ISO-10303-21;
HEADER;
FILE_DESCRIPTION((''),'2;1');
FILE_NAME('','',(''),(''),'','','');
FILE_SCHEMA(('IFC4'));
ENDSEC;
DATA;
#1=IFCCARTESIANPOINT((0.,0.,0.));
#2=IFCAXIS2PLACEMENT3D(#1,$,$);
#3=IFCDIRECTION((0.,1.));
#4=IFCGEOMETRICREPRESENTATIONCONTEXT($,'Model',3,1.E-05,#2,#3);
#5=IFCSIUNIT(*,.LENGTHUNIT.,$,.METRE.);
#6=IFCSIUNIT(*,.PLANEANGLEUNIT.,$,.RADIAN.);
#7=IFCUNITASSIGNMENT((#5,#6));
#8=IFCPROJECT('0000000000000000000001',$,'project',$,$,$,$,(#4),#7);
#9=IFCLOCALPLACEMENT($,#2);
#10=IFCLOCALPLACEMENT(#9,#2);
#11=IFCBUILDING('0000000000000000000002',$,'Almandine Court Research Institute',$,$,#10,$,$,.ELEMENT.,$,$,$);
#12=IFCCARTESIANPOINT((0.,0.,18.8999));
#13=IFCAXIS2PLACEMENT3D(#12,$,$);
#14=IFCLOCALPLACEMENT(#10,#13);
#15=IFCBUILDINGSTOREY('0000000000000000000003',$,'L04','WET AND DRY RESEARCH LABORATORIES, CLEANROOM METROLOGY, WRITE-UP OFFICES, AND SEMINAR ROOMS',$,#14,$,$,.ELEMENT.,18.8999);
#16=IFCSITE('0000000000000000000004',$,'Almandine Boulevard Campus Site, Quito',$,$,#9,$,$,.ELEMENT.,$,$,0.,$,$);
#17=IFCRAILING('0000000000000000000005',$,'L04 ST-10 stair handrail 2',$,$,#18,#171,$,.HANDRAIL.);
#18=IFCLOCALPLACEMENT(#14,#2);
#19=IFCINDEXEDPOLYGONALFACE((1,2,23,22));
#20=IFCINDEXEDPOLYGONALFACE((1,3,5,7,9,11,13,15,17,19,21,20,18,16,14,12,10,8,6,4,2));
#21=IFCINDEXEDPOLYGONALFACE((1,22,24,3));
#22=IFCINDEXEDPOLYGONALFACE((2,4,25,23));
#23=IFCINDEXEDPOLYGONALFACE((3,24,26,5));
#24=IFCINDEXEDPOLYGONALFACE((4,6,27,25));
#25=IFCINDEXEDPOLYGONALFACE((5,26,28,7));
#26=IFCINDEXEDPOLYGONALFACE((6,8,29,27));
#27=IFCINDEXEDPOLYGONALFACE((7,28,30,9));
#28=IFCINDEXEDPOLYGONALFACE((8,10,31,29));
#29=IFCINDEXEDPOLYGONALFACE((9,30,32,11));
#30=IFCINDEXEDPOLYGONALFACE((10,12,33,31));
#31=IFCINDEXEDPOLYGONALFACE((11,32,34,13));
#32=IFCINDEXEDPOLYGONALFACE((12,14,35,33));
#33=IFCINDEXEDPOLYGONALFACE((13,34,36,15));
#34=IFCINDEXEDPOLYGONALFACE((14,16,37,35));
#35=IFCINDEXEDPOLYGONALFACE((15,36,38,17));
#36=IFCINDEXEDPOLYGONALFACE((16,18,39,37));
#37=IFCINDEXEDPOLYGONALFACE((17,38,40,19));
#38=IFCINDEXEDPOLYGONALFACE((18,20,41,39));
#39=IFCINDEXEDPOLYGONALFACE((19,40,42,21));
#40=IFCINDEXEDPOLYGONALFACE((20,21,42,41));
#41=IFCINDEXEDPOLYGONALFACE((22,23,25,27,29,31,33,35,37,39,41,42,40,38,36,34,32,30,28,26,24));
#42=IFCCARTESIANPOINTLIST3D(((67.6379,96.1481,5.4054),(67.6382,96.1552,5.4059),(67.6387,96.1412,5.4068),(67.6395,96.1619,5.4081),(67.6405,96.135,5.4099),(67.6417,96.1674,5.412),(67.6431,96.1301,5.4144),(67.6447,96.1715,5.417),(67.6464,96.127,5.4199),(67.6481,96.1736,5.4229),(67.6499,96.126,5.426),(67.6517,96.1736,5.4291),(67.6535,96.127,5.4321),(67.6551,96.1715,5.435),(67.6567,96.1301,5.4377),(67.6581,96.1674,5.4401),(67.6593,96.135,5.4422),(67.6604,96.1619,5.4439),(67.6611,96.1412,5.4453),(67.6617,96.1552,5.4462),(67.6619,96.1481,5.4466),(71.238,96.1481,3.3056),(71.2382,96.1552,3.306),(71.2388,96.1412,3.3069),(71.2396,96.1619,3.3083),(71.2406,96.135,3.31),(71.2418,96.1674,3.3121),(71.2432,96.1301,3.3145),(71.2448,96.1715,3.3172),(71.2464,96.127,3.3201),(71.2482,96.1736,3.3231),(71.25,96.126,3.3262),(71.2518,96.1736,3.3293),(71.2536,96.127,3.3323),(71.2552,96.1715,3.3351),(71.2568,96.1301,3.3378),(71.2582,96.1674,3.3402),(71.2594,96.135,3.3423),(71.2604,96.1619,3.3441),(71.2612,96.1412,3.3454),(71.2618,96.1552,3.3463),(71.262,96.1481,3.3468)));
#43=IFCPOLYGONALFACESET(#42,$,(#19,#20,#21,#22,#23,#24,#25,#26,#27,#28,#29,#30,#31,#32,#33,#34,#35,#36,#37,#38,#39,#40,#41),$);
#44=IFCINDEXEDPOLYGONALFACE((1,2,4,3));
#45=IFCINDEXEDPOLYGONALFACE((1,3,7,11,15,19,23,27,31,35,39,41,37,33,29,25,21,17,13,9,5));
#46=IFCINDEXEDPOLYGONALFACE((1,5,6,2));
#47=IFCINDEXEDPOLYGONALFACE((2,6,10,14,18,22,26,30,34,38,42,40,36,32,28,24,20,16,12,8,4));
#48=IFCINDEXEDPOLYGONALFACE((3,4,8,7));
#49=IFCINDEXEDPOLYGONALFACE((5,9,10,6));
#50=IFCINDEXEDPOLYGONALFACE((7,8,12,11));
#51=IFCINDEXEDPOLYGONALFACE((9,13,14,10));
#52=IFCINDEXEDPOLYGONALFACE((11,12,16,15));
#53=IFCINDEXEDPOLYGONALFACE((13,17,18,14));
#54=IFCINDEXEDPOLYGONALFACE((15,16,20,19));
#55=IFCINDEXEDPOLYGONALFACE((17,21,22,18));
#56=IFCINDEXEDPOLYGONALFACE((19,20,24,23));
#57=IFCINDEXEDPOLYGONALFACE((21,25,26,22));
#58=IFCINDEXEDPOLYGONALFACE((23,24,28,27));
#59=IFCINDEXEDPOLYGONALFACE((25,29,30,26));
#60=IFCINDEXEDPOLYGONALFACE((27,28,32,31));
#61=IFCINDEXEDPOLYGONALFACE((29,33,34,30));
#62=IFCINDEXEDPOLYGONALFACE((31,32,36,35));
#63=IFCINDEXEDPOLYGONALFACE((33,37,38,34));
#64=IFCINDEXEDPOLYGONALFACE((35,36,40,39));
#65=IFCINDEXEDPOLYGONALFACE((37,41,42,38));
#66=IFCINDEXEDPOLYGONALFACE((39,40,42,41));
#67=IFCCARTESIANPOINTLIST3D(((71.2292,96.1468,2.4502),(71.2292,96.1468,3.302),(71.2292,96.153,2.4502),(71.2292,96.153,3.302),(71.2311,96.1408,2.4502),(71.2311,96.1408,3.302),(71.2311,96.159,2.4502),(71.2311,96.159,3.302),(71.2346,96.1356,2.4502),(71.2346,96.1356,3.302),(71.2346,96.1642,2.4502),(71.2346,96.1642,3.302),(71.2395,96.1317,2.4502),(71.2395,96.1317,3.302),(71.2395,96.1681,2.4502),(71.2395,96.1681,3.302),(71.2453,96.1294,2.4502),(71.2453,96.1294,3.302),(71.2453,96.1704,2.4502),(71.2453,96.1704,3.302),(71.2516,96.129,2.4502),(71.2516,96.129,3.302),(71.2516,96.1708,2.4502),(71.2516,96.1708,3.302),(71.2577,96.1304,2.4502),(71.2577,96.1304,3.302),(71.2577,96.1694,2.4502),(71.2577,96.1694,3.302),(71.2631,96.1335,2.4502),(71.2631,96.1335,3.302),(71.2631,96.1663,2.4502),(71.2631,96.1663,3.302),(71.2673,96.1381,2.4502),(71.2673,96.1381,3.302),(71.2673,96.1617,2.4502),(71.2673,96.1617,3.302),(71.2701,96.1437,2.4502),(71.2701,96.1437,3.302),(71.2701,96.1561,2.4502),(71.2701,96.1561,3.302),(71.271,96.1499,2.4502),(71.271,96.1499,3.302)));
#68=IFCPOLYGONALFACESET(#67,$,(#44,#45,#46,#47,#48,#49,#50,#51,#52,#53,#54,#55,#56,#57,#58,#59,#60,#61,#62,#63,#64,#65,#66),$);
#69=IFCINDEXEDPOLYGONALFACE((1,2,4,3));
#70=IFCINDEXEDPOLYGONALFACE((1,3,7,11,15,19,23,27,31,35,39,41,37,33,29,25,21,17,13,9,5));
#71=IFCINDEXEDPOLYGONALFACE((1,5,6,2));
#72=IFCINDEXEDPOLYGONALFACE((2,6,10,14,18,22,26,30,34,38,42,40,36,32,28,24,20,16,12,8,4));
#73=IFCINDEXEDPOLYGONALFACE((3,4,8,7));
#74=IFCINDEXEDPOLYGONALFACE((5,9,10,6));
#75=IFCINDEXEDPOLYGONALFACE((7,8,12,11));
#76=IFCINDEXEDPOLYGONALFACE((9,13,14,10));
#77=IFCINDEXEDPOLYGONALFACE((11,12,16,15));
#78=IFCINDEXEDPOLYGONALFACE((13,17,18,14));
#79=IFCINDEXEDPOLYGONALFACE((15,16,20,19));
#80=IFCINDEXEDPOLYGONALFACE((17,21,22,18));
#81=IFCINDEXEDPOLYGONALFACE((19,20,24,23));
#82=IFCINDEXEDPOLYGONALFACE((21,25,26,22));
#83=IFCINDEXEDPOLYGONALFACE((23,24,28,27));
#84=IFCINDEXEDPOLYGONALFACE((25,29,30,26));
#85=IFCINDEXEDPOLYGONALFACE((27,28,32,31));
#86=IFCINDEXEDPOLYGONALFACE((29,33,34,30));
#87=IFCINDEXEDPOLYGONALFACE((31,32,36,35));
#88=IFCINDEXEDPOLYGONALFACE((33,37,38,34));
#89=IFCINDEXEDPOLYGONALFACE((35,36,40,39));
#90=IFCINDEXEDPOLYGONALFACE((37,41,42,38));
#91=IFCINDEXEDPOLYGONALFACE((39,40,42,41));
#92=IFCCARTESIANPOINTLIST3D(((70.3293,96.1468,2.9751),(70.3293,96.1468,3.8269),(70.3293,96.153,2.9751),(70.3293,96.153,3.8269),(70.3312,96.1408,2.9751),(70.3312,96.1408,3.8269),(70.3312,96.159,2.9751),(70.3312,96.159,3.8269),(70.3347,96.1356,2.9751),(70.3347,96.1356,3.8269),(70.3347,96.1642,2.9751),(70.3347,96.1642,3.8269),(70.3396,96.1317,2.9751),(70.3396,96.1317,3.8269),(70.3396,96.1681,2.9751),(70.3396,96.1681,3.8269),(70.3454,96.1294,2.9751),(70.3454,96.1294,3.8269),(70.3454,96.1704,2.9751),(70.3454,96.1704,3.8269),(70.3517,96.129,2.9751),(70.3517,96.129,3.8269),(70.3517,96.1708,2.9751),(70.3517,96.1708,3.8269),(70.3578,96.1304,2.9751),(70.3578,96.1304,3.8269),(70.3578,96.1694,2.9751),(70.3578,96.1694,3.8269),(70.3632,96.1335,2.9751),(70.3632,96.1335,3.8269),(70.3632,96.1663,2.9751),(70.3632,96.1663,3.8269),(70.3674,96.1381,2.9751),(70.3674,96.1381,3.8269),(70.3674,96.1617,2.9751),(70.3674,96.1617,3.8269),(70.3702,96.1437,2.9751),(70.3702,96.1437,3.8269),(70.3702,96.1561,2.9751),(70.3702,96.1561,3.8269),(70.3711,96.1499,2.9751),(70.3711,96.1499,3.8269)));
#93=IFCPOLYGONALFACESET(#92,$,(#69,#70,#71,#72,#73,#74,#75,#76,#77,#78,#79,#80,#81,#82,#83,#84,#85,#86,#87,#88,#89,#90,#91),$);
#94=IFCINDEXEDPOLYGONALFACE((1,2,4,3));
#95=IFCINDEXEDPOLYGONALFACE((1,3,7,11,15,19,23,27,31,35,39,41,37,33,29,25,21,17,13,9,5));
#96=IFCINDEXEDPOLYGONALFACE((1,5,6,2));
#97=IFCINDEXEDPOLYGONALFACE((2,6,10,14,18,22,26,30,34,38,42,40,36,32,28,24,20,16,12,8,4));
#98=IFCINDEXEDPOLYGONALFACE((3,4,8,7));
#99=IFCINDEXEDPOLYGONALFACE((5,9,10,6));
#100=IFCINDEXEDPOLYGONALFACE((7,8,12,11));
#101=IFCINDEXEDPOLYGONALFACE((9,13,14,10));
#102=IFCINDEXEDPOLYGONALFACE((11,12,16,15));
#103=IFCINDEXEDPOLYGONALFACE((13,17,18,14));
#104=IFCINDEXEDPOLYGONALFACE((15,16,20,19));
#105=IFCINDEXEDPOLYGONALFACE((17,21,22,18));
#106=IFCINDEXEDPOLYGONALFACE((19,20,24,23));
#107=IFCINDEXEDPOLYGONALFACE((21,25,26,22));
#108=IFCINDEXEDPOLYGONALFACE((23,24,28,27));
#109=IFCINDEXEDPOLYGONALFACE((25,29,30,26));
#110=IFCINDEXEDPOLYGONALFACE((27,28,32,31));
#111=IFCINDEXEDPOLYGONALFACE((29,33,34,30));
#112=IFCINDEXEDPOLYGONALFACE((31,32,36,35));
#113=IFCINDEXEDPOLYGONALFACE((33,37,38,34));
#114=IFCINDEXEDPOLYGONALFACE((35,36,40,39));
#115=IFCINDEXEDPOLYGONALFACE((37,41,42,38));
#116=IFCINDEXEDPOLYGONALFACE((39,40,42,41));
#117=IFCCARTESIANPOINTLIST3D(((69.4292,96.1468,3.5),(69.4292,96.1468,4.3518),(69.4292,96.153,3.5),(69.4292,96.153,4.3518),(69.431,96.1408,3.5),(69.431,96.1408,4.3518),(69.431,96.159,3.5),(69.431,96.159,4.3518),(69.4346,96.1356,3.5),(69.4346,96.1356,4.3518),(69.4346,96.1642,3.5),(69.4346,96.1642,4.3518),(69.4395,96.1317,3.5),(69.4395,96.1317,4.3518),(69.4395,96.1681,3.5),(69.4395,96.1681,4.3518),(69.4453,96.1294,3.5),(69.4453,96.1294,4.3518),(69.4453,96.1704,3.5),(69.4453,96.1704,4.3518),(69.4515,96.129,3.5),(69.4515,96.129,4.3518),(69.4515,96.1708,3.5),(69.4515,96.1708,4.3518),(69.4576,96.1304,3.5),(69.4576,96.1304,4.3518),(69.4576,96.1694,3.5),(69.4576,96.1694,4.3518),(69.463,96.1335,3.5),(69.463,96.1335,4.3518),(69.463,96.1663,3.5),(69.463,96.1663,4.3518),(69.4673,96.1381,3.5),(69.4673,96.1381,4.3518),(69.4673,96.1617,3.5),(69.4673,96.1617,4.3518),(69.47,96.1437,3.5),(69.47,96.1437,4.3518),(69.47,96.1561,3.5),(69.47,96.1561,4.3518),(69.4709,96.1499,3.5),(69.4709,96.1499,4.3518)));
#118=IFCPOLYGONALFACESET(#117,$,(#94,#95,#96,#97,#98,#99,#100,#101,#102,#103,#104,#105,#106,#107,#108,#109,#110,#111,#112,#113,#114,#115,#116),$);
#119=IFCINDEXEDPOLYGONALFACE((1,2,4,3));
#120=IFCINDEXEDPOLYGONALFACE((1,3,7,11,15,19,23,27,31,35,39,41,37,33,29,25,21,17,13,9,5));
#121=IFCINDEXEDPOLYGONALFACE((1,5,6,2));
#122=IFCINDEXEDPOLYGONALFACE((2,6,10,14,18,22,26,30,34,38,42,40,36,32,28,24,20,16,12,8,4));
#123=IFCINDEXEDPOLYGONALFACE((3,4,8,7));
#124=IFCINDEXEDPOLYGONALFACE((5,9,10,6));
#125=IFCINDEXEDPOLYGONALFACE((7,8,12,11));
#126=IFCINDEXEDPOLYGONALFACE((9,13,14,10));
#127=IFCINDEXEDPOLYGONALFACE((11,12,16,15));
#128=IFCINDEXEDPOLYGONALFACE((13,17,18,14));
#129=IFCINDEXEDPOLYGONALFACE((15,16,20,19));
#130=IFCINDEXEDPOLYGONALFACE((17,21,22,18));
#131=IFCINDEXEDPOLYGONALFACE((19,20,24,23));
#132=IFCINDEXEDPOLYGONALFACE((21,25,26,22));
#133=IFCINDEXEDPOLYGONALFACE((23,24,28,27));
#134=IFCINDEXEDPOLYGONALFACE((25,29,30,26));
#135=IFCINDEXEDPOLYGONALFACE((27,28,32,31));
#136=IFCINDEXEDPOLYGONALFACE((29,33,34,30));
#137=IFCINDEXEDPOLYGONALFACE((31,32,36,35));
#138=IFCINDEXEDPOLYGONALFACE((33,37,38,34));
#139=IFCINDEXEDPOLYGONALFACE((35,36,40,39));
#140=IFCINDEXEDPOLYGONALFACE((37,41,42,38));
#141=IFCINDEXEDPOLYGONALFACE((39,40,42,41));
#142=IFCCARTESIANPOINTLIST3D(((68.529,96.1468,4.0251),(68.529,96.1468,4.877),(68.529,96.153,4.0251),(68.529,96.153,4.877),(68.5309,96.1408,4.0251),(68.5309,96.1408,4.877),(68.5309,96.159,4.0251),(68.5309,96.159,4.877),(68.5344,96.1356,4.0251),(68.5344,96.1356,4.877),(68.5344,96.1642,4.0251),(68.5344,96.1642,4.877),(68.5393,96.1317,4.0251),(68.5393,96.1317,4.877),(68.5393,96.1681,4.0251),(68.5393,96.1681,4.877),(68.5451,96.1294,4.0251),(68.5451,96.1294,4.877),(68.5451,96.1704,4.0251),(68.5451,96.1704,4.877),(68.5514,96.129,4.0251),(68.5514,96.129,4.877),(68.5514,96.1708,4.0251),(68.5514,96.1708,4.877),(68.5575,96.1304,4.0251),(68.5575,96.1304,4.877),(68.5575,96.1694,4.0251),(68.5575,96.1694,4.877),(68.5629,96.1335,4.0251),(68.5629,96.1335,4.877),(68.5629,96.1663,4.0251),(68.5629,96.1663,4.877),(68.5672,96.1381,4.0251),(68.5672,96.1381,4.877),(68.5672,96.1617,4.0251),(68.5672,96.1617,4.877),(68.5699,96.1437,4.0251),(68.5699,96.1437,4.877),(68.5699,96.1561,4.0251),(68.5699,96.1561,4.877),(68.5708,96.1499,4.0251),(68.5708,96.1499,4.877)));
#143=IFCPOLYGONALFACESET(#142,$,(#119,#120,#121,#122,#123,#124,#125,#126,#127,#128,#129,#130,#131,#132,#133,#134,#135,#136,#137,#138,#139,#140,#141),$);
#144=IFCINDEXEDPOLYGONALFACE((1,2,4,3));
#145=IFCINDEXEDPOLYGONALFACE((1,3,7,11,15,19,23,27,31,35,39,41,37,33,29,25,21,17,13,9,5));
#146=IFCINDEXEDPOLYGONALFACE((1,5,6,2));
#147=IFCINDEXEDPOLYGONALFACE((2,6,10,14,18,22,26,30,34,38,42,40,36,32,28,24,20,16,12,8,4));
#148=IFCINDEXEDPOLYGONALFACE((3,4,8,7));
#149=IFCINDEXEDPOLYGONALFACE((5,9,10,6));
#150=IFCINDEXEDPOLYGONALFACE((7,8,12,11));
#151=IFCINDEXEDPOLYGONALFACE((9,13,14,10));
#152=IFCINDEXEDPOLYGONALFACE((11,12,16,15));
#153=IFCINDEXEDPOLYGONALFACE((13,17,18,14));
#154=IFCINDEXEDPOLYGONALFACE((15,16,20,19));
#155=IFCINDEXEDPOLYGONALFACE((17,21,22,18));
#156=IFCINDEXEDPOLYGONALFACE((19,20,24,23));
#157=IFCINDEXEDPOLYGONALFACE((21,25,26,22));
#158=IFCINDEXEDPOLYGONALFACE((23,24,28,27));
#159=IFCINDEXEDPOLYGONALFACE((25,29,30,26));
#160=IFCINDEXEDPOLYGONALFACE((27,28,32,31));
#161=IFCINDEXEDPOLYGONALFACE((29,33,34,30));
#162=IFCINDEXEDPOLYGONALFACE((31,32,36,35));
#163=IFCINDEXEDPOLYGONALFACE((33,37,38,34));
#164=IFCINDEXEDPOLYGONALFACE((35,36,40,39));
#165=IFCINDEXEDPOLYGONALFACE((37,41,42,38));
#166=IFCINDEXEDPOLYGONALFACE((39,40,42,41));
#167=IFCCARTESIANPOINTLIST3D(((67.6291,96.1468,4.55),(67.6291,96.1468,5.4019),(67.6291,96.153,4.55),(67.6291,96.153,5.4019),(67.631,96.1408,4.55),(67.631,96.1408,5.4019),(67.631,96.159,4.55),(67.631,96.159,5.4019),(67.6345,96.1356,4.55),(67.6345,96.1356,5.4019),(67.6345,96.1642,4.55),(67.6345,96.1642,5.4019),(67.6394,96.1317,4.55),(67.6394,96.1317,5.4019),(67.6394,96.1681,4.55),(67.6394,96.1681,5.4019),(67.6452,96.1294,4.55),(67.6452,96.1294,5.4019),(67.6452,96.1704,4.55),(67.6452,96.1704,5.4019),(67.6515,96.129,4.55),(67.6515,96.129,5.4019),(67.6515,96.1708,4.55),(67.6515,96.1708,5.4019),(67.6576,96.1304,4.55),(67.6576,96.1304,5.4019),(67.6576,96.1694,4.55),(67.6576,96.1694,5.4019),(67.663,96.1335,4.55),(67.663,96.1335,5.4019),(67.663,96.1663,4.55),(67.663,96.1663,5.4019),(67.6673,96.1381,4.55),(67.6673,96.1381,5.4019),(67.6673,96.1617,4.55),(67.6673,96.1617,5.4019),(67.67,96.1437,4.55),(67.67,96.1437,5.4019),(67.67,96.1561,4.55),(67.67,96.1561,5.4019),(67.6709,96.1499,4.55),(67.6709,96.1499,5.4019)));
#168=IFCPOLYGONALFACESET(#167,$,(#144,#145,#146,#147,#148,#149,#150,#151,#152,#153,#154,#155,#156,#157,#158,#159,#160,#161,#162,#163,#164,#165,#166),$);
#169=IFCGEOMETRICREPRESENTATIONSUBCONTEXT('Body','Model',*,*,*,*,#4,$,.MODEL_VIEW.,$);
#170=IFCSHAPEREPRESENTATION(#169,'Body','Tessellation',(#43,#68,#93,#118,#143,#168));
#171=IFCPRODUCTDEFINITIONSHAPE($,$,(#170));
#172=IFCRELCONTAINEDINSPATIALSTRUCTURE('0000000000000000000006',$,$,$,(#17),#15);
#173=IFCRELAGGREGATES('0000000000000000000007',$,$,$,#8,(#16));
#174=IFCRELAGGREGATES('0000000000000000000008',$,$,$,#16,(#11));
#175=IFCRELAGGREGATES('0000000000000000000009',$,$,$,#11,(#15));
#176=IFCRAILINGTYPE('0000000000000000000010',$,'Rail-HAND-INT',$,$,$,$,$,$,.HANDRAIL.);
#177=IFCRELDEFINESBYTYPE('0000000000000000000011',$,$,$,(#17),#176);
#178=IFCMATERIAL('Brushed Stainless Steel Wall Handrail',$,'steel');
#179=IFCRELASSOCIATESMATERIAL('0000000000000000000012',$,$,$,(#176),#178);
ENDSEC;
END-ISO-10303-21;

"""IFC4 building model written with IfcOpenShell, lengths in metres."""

from ifc_helpers import new_model, si_unit, direction, frame, origin, origin_2d, place, context, subcontext, project, spatial, circle, extrude, material, type_object, element, save


model = new_model("IFC4")

# Units and contexts
model_context = context("Model", 3, precision=1e-05, world=origin(), true_north=direction((0.0, 1.0)))
body_context = subcontext(model_context, "Body", "Model", "MODEL_VIEW")
ifc_project = project(units=[si_unit("LENGTHUNIT", "METRE"), si_unit("PLANEANGLEUNIT", "RADIAN")], contexts=[model_context])

# Site, building, storey
site_placement = place(None, origin())
site = spatial("IfcSite", under=ifc_project, at=site_placement, Name="Almandine Boulevard Campus Site, Quito", CompositionType="ELEMENT", RefElevation=0.0)
building_placement = place(site_placement, origin())
building = spatial("IfcBuilding", under=site, at=building_placement, Name="Almandine Court Research Institute", CompositionType="ELEMENT")
storey_placement = place(building_placement, frame((0.0, 0.0, 18.8999)))
storey = spatial("IfcBuildingStorey", under=building, at=storey_placement, Name="L04", Description="WET AND DRY RESEARCH LABORATORIES, CLEANROOM METROLOGY, WRITE-UP OFFICES, AND SEMINAR ROOMS", CompositionType="ELEMENT", Elevation=18.8999)

# Railing
ifc_material_1 = material(Name="Brushed Stainless Steel Wall Handrail", Category="steel")
railing_type_1 = type_object("IfcRailingType", Name="Rail-HAND-INT", PredefinedType="HANDRAIL", material=ifc_material_1)
railing_1_placement = place(storey_placement, frame((71.25, 96.1499, 2.4502)))
element("IfcRailing", 1, at=railing_1_placement, inside=storey, type_object=railing_type_1, Name="L04 ST-10 stair handrail 2", PredefinedType="HANDRAIL", context=body_context, shape_type="SweptSolid", body=[
    extrude(circle(Radius=0.0239, at=origin_2d()), frame((0.0, 0.0, 0.876), z_axis=(-0.8638, 0.0, 0.503835), x_axis=(0.0, -1.0, 0.0)), (0.0, 0.0, 1.0), 4.1677),
    extrude(circle(Radius=0.021, at=origin_2d()), origin(), (0.0, 0.0, 1.0), 0.8518),
    extrude(circle(Radius=0.021, at=origin_2d()), frame((-0.8999, 0.0, 0.5249)), (0.0, 0.0, 1.0), 0.8518),
    extrude(circle(Radius=0.021, at=origin_2d()), frame((-1.8, 0.0, 1.0498)), (0.0, 0.0, 1.0), 0.8518),
    extrude(circle(Radius=0.021, at=origin_2d()), frame((-2.7002, 0.0, 1.575)), (0.0, 0.0, 1.0), 0.8518),
    extrude(circle(Radius=0.021, at=origin_2d()), frame((-3.6001, 0.0, 2.0999)), (0.0, 0.0, 1.0), 0.8518),
])

save(model, "model.ifc")
